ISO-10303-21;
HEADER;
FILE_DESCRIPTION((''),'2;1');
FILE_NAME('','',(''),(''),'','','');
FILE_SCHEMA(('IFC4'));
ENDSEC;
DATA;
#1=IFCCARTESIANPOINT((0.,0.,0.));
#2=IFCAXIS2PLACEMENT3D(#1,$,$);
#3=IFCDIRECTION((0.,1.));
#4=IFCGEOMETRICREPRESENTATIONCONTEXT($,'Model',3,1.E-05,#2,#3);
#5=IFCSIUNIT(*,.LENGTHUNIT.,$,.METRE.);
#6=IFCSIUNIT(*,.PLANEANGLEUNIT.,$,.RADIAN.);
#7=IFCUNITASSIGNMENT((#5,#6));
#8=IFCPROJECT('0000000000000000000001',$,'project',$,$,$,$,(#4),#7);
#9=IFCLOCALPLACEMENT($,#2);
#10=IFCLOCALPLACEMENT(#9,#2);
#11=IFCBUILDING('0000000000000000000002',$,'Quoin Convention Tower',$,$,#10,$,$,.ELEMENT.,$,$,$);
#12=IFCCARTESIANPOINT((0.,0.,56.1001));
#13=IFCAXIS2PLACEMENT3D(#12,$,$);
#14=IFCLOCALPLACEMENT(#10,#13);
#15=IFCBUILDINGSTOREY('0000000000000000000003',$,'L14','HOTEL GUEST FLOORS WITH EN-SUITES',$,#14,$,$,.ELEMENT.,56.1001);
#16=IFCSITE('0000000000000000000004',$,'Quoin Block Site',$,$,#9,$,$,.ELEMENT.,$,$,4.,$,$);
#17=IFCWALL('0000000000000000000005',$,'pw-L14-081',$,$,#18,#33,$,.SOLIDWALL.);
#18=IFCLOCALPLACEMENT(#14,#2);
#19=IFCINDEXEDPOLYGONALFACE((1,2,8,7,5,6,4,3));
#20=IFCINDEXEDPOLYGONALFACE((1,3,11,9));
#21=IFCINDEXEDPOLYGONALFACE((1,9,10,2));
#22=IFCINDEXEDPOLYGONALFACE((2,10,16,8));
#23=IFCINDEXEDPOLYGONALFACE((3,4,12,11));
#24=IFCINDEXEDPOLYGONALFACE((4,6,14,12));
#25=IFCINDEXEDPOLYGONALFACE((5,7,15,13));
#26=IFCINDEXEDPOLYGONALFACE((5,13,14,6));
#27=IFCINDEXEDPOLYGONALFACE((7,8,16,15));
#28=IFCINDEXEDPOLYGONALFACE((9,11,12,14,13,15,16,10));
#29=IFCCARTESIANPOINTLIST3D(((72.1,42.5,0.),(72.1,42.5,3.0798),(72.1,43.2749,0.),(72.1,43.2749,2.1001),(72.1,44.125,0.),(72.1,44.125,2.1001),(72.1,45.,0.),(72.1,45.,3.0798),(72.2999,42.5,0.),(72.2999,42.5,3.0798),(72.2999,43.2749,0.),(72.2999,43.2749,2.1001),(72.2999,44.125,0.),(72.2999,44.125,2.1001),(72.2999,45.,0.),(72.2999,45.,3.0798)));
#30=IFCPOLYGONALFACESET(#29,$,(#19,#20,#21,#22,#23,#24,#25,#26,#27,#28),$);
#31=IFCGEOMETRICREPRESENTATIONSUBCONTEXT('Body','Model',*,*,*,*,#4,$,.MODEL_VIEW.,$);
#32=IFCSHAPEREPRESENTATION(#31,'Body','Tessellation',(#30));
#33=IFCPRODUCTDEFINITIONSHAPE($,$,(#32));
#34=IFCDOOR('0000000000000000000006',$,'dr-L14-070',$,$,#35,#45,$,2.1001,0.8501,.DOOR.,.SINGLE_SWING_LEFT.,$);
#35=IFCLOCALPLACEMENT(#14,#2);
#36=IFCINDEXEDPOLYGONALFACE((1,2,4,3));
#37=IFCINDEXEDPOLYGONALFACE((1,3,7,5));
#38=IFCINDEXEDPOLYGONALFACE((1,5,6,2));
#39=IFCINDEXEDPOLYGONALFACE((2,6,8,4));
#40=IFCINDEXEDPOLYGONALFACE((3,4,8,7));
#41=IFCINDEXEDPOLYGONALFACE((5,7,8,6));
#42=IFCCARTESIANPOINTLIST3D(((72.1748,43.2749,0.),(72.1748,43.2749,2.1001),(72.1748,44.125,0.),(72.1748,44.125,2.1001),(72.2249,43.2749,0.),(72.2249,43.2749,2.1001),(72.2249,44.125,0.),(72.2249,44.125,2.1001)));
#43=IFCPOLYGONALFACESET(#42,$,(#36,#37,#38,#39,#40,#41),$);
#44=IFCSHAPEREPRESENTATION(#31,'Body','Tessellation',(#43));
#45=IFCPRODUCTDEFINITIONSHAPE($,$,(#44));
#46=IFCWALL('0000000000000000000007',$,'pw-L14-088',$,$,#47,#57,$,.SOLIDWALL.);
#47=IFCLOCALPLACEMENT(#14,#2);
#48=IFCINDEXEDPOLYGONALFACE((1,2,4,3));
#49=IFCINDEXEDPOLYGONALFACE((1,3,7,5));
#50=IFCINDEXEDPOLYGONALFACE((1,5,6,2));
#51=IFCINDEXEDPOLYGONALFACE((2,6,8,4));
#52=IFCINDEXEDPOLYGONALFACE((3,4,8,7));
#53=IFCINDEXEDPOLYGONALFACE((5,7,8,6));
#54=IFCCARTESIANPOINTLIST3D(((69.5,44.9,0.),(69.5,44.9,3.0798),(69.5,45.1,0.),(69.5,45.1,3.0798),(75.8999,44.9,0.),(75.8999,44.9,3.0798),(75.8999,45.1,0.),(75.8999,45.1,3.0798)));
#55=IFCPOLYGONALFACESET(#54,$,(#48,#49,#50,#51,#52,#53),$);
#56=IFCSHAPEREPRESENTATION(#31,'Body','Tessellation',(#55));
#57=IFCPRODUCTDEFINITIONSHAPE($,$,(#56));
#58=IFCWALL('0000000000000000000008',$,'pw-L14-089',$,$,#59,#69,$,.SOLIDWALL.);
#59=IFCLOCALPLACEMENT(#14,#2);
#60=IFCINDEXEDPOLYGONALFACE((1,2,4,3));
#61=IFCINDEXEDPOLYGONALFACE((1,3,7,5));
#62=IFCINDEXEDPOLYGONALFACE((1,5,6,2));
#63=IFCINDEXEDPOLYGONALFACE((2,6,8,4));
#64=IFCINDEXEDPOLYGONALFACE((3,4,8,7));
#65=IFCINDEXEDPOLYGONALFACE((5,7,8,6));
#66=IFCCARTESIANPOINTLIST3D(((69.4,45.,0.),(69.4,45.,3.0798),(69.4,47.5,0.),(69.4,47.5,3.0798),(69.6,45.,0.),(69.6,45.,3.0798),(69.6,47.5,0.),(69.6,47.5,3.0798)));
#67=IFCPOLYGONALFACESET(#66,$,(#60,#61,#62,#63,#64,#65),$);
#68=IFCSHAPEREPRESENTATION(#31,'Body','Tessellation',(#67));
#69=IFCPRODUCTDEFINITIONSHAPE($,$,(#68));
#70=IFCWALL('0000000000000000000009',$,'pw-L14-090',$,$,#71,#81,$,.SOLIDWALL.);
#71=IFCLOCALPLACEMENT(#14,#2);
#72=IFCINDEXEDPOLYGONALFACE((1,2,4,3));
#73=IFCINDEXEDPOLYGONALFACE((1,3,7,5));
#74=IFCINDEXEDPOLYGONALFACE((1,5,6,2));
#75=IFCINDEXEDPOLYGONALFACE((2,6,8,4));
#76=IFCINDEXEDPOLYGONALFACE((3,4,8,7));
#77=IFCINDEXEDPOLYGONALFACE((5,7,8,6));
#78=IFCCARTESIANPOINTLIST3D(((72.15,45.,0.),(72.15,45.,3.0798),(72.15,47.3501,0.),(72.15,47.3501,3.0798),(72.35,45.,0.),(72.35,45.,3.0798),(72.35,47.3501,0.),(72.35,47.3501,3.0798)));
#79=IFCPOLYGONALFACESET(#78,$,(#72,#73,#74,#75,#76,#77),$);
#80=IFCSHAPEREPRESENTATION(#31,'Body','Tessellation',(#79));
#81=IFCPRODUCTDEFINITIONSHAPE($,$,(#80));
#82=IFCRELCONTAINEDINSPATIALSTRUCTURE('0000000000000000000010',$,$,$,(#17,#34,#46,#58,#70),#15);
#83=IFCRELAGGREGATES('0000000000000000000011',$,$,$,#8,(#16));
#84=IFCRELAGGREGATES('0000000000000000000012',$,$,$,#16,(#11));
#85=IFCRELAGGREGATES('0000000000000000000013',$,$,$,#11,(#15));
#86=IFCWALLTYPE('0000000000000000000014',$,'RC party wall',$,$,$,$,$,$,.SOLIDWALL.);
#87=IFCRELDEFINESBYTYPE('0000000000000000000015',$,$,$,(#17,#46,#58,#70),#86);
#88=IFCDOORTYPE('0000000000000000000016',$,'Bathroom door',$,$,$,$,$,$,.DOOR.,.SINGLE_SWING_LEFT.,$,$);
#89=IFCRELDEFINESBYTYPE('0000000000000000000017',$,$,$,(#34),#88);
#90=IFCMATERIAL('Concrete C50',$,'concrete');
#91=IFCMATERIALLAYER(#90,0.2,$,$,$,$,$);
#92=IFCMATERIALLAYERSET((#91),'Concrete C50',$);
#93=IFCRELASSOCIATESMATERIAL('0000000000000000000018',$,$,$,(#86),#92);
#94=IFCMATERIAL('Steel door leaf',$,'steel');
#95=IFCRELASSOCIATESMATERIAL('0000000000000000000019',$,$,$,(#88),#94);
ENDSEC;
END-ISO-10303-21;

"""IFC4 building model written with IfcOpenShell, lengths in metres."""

from ifc_helpers import new_model, si_unit, direction, frame, frame_2d, origin, place, context, subcontext, project, spatial, rectangle, extrude, material, layer, layer_set, type_object, element, fill, save


model = new_model("IFC4")

# Units and contexts
model_context = context("Model", 3, precision=1e-05, world=origin(), true_north=direction((0.0, 1.0)))
body_context = subcontext(model_context, "Body", "Model", "MODEL_VIEW")
ifc_project = project(units=[si_unit("LENGTHUNIT", "METRE"), si_unit("PLANEANGLEUNIT", "RADIAN")], contexts=[model_context])

# Site, building, storey
site_placement = place(None, origin())
site = spatial("IfcSite", under=ifc_project, at=site_placement, Name="Quoin Block Site", CompositionType="ELEMENT", RefElevation=4.0)
building_placement = place(site_placement, origin())
building = spatial("IfcBuilding", under=site, at=building_placement, Name="Quoin Convention Tower", CompositionType="ELEMENT")
storey_placement = place(building_placement, frame((0.0, 0.0, 56.1001)))
storey = spatial("IfcBuildingStorey", under=building, at=storey_placement, Name="L14", Description="HOTEL GUEST FLOORS WITH EN-SUITES", CompositionType="ELEMENT", Elevation=56.1001)

# Shared definitions
ifc_material_1 = material(Name="Concrete C50", Category="concrete")
ifc_layer_1 = layer(ifc_material_1, 0.2)
ifc_layer_set_1 = layer_set([ifc_layer_1], Name="Concrete C50")
wall_type_1 = type_object("IfcWallType", Name="RC party wall", PredefinedType="SOLIDWALL", material=ifc_layer_set_1)

# Wall, opening, door
wall_1_placement = place(storey_placement, frame((72.2, 42.5, 0.0), z_axis=(0.0, 0.0, 1.0), x_axis=(0.0, 1.0, 0.0)))
wall_1 = element("IfcWall", 1, at=wall_1_placement, inside=storey, type_object=wall_type_1, Name="pw-L14-081", PredefinedType="SOLIDWALL", context=body_context, shape_type="SweptSolid", body=[
    extrude(rectangle(XDim=2.5, YDim=0.2, at=frame_2d((1.25, 0.0))), origin(), (0.0, 0.0, 1.0), 3.0798),
])
opening_1_placement = place(wall_1_placement, frame((0.7749, 0.0, 0.0)))
opening_1 = element("IfcOpeningElement", 2, at=opening_1_placement, cuts=wall_1, PredefinedType="OPENING", context=body_context, shape_type="SweptSolid", body=[
    extrude(rectangle(XDim=0.8501, YDim=2.1001, at=frame_2d((0.425, 1.05))), frame((0.0, 0.1099, 0.0), z_axis=(0.0, -1.0, 0.0), x_axis=(1.0, 0.0, 0.0)), (0.0, 0.0, 1.0), 0.22),
])
ifc_material_2 = material(Name="Steel door leaf", Category="steel")
door_type = type_object("IfcDoorType", Name="Bathroom door", OperationType="SINGLE_SWING_LEFT", PredefinedType="DOOR", material=ifc_material_2)
door_placement = place(opening_1_placement, frame((0.8501, 0.0, 0.0), z_axis=(0.0, 0.0, 1.0), x_axis=(-1.0, 0.0, 0.0)))
door = element("IfcDoor", 3, at=door_placement, inside=storey, type_object=door_type, Name="dr-L14-070", OperationType="SINGLE_SWING_LEFT", OverallHeight=2.1001, OverallWidth=0.8501, PredefinedType="DOOR", context=body_context, shape_type="SweptSolid", body=[
    extrude(rectangle(XDim=0.8501, YDim=2.1001, at=frame_2d((0.425, 1.05))), frame((0.0, 0.0249, 0.0), z_axis=(0.0, -1.0, 0.0), x_axis=(1.0, 0.0, 0.0)), (0.0, 0.0, 1.0), 0.05),
])
fill(opening_1, door)

# Walls
wall_2_placement = place(storey_placement, frame((69.5, 45.0, 0.0), z_axis=(0.0, 0.0, 1.0), x_axis=(1.0, 0.0, 0.0)))
element("IfcWall", 4, at=wall_2_placement, inside=storey, type_object=wall_type_1, Name="pw-L14-088", PredefinedType="SOLIDWALL", context=body_context, shape_type="SweptSolid", body=[
    extrude(rectangle(XDim=6.3999, YDim=0.2, at=frame_2d((3.2, 0.0))), origin(), (0.0, 0.0, 1.0), 3.0798),
])
wall_3_placement = place(storey_placement, frame((69.5, 45.0, 0.0), z_axis=(0.0, 0.0, 1.0), x_axis=(0.0, 1.0, 0.0)))
element("IfcWall", 5, at=wall_3_placement, inside=storey, type_object=wall_type_1, Name="pw-L14-089", PredefinedType="SOLIDWALL", context=body_context, shape_type="SweptSolid", body=[
    extrude(rectangle(XDim=2.5, YDim=0.2, at=frame_2d((1.25, 0.0))), origin(), (0.0, 0.0, 1.0), 3.0798),
])
wall_4_placement = place(storey_placement, frame((72.25, 45.0, 0.0), z_axis=(0.0, 0.0, 1.0), x_axis=(0.0, 1.0, 0.0)))
element("IfcWall", 6, at=wall_4_placement, inside=storey, type_object=wall_type_1, Name="pw-L14-090", PredefinedType="SOLIDWALL", context=body_context, shape_type="SweptSolid", body=[
    extrude(rectangle(XDim=2.3501, YDim=0.2, at=frame_2d((1.175, 0.0))), origin(), (0.0, 0.0, 1.0), 3.0798),
])

save(model, "model.ifc")
